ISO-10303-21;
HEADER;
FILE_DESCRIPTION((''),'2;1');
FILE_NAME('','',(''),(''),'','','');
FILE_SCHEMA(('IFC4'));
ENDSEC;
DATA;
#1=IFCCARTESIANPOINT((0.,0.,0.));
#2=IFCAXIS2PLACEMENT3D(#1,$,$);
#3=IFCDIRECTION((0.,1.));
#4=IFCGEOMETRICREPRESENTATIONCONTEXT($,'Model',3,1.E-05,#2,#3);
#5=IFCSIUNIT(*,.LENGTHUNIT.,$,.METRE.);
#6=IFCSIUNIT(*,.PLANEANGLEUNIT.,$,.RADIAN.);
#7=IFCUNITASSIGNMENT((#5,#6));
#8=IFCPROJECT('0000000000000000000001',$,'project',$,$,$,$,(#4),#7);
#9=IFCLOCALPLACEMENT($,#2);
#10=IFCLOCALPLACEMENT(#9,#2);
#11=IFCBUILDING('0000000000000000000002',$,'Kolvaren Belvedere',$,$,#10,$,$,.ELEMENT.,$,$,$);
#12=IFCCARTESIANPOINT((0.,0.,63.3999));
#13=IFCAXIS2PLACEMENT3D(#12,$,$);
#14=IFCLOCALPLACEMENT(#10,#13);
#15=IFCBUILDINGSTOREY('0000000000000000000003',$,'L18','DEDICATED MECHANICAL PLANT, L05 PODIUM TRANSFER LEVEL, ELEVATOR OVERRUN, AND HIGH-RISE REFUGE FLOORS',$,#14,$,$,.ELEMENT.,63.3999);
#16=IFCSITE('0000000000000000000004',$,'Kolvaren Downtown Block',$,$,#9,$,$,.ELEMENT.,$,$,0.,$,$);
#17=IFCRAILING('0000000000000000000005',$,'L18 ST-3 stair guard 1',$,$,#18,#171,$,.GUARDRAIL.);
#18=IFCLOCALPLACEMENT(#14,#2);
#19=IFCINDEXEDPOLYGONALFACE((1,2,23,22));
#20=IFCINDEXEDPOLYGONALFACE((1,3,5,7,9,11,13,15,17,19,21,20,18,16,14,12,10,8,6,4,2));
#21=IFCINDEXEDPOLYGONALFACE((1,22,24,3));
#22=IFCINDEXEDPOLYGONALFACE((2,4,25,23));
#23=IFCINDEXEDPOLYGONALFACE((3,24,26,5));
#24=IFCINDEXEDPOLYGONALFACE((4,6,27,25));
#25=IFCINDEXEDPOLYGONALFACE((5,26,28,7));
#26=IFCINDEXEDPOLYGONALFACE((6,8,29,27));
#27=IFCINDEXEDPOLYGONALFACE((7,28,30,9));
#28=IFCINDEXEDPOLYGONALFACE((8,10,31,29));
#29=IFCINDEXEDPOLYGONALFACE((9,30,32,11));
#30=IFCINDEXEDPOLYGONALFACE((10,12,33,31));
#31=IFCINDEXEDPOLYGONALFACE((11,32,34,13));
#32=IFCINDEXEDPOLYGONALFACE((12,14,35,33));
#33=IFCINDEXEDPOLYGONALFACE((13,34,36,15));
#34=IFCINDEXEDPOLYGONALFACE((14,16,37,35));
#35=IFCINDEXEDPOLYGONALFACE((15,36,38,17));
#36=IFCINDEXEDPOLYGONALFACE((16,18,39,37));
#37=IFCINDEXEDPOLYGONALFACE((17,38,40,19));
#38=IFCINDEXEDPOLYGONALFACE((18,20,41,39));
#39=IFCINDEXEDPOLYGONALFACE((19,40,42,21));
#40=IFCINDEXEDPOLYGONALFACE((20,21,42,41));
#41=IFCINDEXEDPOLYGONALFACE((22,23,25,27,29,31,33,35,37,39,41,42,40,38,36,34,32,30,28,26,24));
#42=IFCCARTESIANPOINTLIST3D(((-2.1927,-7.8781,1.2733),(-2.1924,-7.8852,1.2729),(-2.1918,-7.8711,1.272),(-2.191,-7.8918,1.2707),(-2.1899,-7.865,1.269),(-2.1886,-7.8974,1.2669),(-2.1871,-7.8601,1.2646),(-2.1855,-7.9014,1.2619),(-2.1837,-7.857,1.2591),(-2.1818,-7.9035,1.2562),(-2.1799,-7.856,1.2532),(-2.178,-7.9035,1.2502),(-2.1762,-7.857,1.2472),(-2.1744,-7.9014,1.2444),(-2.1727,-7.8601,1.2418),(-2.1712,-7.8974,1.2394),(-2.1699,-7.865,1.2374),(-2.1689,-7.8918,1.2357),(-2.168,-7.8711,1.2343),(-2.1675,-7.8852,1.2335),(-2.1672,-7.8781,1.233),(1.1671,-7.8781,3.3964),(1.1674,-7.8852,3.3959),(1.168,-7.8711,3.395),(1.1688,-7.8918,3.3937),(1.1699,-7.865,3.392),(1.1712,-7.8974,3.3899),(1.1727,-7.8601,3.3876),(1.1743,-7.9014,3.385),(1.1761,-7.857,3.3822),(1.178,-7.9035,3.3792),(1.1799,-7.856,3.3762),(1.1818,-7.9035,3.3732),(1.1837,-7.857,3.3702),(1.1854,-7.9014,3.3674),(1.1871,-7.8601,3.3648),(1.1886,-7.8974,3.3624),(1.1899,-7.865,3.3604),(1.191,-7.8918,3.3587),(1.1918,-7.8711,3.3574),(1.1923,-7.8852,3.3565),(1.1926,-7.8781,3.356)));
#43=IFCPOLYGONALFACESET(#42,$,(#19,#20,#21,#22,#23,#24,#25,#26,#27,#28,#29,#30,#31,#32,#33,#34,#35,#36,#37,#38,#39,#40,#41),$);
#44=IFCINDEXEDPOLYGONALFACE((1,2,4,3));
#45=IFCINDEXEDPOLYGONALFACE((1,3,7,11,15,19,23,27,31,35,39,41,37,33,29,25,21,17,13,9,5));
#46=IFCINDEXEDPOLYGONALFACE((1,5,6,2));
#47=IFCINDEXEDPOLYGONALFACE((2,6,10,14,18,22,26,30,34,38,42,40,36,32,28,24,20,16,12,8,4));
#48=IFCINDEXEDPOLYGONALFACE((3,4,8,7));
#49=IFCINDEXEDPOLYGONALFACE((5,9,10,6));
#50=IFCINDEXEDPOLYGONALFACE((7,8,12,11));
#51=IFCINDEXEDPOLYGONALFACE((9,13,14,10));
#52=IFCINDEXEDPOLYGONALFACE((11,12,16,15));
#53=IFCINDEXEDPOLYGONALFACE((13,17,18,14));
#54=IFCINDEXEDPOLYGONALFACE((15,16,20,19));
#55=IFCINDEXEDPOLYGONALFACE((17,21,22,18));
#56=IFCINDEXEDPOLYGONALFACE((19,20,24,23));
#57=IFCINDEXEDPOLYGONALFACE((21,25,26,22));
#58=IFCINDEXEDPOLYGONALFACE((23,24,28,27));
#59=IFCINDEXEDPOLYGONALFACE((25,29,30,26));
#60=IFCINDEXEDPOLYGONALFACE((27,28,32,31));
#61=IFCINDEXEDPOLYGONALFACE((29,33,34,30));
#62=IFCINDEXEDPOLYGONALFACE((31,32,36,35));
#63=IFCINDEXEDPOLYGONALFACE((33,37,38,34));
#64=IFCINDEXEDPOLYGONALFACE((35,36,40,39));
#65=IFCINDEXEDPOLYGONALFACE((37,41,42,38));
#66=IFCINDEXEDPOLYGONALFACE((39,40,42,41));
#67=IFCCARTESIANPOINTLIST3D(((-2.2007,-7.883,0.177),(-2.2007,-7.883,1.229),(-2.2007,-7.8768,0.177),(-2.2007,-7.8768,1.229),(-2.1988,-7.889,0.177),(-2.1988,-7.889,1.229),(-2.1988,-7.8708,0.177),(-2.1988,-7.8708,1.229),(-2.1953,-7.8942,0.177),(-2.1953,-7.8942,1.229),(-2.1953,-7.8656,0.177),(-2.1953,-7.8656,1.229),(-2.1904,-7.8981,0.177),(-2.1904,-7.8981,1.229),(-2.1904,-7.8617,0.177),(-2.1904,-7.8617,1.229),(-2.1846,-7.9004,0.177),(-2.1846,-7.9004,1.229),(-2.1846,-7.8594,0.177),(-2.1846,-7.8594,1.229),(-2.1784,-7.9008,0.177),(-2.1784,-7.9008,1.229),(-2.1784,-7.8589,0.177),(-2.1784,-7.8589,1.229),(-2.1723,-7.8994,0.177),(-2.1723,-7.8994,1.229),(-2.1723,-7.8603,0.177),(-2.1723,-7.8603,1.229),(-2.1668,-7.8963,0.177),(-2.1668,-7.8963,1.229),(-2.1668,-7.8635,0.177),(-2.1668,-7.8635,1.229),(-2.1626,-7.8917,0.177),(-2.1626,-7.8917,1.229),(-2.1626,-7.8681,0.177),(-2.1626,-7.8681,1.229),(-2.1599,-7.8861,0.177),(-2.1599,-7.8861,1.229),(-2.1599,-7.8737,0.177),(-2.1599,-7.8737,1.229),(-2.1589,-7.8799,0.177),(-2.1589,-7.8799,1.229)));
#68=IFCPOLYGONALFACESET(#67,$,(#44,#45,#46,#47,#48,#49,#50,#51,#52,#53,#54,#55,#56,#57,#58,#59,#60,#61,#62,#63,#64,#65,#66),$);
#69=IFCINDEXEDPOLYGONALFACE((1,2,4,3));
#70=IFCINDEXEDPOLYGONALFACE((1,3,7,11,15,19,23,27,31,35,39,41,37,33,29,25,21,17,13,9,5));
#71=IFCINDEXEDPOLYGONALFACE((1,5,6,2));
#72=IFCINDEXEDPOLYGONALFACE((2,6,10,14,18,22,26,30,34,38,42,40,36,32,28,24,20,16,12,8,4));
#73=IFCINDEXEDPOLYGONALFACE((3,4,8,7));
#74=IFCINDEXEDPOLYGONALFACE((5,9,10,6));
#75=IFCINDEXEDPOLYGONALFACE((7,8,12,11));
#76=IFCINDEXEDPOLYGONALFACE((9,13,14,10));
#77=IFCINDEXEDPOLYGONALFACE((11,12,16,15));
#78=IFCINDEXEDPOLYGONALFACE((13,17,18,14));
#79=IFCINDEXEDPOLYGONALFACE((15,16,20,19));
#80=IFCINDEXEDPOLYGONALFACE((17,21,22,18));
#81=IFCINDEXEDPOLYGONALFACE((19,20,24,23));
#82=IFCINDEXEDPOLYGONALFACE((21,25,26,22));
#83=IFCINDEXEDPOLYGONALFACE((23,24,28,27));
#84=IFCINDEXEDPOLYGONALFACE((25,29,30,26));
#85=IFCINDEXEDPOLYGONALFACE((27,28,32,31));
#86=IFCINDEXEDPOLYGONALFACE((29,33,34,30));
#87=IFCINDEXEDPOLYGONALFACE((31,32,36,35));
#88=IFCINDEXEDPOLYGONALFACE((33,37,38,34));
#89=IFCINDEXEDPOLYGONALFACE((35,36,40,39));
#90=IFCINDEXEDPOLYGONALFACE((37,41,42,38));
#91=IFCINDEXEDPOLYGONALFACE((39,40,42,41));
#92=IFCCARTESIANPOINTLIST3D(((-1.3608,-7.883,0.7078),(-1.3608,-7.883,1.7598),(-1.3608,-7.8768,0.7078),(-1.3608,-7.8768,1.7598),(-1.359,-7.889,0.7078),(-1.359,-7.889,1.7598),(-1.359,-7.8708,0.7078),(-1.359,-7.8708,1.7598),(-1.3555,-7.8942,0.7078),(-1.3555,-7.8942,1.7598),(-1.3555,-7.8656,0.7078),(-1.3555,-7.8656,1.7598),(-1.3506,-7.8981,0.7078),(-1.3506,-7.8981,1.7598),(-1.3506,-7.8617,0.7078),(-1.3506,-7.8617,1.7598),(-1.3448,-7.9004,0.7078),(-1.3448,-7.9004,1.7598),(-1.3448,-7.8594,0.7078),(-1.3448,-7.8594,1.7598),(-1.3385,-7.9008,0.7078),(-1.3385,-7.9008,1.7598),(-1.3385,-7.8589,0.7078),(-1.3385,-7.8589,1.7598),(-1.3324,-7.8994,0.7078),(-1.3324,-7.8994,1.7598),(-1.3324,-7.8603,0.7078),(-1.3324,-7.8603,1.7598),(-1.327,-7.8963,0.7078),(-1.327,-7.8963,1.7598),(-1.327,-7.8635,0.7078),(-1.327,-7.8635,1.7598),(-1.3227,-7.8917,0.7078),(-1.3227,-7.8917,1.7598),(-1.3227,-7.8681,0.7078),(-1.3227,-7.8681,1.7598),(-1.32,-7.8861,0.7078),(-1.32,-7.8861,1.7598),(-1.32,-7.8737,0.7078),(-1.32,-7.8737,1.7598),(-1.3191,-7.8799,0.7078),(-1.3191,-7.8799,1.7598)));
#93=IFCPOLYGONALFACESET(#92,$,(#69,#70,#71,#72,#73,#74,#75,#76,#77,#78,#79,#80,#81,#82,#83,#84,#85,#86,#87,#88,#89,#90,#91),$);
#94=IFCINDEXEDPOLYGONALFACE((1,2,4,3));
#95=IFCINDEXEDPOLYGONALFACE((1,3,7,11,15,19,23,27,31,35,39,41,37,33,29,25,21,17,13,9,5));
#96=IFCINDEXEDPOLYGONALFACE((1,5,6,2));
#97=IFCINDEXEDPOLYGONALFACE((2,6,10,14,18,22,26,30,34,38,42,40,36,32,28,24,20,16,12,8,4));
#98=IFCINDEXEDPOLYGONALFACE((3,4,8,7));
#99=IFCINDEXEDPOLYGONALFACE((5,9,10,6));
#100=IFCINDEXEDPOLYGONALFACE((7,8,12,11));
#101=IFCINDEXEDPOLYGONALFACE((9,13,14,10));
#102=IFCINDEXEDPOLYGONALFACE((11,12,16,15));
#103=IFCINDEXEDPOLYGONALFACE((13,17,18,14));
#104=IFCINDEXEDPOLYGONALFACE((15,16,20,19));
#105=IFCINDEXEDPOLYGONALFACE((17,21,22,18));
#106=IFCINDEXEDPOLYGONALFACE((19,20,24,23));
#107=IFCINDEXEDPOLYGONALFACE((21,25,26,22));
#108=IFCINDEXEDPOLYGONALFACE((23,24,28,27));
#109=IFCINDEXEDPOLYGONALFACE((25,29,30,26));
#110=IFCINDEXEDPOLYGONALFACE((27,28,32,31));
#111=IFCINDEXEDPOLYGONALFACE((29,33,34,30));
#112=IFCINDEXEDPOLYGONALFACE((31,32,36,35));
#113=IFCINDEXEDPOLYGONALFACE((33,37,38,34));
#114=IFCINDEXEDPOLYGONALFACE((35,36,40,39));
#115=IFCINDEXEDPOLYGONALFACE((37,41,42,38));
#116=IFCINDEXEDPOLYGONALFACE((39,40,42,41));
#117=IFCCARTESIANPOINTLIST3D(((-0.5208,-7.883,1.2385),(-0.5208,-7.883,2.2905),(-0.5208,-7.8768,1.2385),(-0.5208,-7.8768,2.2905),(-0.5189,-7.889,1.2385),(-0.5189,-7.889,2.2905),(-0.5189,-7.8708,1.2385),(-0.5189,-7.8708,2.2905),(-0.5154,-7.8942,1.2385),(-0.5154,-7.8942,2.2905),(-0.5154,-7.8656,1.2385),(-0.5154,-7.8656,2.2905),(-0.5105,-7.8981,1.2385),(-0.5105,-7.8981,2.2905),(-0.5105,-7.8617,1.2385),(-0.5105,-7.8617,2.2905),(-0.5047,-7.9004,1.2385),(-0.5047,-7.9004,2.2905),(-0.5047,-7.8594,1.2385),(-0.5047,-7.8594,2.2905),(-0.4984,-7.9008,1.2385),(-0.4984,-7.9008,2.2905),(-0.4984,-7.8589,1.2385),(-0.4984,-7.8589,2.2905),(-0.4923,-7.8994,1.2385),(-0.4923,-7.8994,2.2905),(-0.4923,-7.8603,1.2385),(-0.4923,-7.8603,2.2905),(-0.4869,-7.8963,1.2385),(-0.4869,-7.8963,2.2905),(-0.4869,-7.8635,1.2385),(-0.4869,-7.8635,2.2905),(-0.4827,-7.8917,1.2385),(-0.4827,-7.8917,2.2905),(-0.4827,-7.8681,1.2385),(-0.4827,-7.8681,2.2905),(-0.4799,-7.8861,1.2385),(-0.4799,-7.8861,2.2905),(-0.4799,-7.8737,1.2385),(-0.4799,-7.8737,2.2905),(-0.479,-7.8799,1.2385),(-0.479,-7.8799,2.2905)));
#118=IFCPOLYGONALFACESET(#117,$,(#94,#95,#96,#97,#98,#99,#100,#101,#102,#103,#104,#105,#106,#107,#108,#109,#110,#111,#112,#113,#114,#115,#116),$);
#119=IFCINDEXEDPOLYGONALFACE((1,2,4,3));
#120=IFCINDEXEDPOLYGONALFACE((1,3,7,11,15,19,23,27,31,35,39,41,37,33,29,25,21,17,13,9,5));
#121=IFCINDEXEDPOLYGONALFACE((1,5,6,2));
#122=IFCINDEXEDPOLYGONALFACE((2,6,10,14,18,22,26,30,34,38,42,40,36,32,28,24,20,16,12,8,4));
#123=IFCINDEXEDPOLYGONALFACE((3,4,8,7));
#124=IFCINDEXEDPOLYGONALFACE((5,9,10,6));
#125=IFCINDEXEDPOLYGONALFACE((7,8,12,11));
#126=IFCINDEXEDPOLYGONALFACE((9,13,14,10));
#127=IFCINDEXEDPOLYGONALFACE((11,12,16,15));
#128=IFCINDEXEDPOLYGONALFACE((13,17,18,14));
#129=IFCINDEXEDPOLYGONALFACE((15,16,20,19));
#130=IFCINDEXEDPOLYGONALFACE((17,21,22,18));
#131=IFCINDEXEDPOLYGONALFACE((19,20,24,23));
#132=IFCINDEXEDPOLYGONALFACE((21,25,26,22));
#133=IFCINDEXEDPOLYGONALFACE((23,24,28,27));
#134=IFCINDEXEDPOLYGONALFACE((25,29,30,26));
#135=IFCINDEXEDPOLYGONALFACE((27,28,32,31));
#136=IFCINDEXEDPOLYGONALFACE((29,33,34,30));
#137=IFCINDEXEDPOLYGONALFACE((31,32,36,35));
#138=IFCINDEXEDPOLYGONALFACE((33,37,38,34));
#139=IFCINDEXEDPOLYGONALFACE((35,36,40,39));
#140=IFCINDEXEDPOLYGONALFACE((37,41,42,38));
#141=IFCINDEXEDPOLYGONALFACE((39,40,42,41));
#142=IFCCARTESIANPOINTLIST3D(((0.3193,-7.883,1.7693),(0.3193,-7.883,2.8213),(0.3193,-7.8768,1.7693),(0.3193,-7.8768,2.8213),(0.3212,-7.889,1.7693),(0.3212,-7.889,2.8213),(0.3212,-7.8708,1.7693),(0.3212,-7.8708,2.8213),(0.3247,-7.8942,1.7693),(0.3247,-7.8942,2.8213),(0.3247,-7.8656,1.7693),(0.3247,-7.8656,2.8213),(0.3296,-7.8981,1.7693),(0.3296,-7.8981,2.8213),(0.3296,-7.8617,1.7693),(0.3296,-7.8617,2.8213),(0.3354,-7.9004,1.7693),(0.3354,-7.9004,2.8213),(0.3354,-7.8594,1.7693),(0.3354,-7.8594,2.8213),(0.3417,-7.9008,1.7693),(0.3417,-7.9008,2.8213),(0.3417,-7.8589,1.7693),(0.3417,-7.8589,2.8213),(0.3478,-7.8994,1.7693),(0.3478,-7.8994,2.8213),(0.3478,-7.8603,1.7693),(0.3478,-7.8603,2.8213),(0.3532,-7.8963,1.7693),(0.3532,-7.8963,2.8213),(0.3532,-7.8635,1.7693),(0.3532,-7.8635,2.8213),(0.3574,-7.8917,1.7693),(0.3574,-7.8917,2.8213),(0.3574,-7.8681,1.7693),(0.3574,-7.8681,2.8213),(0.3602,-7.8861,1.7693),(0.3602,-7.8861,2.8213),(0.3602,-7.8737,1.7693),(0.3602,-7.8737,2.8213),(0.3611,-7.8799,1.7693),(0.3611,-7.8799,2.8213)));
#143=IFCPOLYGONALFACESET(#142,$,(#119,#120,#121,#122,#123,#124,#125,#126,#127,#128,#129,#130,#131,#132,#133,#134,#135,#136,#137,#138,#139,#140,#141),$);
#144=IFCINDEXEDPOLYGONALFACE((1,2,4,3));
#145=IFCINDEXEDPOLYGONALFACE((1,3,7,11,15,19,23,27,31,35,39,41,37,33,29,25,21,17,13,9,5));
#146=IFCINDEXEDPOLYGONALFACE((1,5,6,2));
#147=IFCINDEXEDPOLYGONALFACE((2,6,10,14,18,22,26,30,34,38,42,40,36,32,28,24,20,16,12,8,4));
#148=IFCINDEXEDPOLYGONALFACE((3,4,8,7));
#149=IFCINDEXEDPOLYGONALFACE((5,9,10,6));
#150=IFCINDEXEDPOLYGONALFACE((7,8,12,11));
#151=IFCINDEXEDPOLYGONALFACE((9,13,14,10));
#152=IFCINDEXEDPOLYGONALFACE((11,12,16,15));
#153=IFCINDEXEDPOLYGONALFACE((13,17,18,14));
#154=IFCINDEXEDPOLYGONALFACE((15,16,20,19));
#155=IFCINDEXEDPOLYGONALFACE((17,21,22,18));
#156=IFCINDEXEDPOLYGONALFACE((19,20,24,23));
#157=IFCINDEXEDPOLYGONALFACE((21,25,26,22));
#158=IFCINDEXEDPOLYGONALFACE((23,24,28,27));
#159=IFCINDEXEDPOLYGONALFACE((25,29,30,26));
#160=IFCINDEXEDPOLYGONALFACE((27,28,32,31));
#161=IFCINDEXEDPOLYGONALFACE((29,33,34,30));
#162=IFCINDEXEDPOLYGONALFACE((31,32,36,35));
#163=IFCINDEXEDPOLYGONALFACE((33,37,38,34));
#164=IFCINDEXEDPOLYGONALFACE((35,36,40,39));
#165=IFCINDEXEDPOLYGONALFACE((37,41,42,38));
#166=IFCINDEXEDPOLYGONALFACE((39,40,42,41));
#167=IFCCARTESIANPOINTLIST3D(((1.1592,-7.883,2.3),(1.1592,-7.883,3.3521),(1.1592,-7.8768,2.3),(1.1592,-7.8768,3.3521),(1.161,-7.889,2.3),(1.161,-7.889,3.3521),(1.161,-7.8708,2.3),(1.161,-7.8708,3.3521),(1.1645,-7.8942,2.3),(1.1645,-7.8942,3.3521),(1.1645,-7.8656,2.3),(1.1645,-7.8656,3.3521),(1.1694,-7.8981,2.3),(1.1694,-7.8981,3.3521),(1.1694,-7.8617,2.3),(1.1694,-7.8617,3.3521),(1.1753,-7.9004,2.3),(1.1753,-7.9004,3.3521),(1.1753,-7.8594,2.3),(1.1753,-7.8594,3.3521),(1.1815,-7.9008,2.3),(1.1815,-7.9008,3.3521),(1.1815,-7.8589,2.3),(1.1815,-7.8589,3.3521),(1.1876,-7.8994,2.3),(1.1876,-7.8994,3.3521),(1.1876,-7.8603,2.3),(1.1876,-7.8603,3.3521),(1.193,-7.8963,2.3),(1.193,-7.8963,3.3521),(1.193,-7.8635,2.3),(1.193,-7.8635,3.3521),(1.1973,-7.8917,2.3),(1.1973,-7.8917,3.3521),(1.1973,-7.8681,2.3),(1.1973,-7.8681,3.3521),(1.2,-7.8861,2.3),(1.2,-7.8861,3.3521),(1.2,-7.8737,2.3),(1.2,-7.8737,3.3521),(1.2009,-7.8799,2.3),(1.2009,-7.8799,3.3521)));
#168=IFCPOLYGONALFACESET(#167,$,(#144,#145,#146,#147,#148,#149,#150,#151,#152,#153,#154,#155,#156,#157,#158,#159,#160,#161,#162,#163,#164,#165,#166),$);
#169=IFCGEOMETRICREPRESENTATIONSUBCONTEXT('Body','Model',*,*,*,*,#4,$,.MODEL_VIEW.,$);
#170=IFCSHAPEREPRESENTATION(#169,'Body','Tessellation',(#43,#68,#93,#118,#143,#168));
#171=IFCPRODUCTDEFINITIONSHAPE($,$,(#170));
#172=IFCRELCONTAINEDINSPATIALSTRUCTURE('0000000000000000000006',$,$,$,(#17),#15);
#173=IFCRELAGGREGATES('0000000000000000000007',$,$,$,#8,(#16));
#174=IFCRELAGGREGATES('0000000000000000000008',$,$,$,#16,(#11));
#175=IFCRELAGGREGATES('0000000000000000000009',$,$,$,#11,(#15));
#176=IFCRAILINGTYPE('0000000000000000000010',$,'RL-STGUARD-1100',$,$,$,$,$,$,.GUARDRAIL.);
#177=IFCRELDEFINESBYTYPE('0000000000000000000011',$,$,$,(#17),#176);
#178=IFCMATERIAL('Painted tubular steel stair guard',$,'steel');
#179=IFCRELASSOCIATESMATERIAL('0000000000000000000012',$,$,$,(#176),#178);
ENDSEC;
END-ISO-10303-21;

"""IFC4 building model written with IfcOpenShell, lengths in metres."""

from ifc_helpers import new_model, si_unit, direction, frame, origin, origin_2d, place, context, subcontext, project, spatial, circle, extrude, material, type_object, element, save


model = new_model("IFC4")

# Units and contexts
model_context = context("Model", 3, precision=1e-05, world=origin(), true_north=direction((0.0, 1.0)))
body_context = subcontext(model_context, "Body", "Model", "MODEL_VIEW")
ifc_project = project(units=[si_unit("LENGTHUNIT", "METRE"), si_unit("PLANEANGLEUNIT", "RADIAN")], contexts=[model_context])

# Site, building, storey
site_placement = place(None, origin())
site = spatial("IfcSite", under=ifc_project, at=site_placement, Name="Kolvaren Downtown Block", CompositionType="ELEMENT", RefElevation=0.0)
building_placement = place(site_placement, origin())
building = spatial("IfcBuilding", under=site, at=building_placement, Name="Kolvaren Belvedere", CompositionType="ELEMENT")
storey_placement = place(building_placement, frame((0.0, 0.0, 63.3999)))
storey = spatial("IfcBuildingStorey", under=building, at=storey_placement, Name="L18", Description="DEDICATED MECHANICAL PLANT, L05 PODIUM TRANSFER LEVEL, ELEVATOR OVERRUN, AND HIGH-RISE REFUGE FLOORS", CompositionType="ELEMENT", Elevation=63.3999)

# Railing
ifc_material_1 = material(Name="Painted tubular steel stair guard", Category="steel")
railing_type_1 = type_object("IfcRailingType", Name="RL-STGUARD-1100", PredefinedType="GUARDRAIL", material=ifc_material_1)
railing_1_placement = place(storey_placement, frame((-2.1799, -7.8799, 0.177)))
element("IfcRailing", 1, at=railing_1_placement, inside=storey, type_object=railing_type_1, Name="L18 ST-3 stair guard 1", PredefinedType="GUARDRAIL", context=body_context, shape_type="SweptSolid", body=[
    extrude(circle(Radius=0.0239, at=origin_2d()), frame((0.0, 0.0, 1.0762), z_axis=(0.845372, 0.0, 0.534178), x_axis=(0.0, 1.0, 0.0)), (0.0, 0.0, 1.0), 3.9744),
    extrude(circle(Radius=0.021, at=origin_2d()), origin(), (0.0, 0.0, 1.0), 1.052),
    extrude(circle(Radius=0.021, at=origin_2d()), frame((0.8398, 0.0, 0.5308)), (0.0, 0.0, 1.0), 1.052),
    extrude(circle(Radius=0.021, at=origin_2d()), frame((1.6799, 0.0, 1.0615)), (0.0, 0.0, 1.0), 1.052),
    extrude(circle(Radius=0.021, at=origin_2d()), frame((2.52, 0.0, 1.5923)), (0.0, 0.0, 1.0), 1.052),
    extrude(circle(Radius=0.021, at=origin_2d()), frame((3.3599, 0.0, 2.123)), (0.0, 0.0, 1.0), 1.052),
])

save(model, "model.ifc")
